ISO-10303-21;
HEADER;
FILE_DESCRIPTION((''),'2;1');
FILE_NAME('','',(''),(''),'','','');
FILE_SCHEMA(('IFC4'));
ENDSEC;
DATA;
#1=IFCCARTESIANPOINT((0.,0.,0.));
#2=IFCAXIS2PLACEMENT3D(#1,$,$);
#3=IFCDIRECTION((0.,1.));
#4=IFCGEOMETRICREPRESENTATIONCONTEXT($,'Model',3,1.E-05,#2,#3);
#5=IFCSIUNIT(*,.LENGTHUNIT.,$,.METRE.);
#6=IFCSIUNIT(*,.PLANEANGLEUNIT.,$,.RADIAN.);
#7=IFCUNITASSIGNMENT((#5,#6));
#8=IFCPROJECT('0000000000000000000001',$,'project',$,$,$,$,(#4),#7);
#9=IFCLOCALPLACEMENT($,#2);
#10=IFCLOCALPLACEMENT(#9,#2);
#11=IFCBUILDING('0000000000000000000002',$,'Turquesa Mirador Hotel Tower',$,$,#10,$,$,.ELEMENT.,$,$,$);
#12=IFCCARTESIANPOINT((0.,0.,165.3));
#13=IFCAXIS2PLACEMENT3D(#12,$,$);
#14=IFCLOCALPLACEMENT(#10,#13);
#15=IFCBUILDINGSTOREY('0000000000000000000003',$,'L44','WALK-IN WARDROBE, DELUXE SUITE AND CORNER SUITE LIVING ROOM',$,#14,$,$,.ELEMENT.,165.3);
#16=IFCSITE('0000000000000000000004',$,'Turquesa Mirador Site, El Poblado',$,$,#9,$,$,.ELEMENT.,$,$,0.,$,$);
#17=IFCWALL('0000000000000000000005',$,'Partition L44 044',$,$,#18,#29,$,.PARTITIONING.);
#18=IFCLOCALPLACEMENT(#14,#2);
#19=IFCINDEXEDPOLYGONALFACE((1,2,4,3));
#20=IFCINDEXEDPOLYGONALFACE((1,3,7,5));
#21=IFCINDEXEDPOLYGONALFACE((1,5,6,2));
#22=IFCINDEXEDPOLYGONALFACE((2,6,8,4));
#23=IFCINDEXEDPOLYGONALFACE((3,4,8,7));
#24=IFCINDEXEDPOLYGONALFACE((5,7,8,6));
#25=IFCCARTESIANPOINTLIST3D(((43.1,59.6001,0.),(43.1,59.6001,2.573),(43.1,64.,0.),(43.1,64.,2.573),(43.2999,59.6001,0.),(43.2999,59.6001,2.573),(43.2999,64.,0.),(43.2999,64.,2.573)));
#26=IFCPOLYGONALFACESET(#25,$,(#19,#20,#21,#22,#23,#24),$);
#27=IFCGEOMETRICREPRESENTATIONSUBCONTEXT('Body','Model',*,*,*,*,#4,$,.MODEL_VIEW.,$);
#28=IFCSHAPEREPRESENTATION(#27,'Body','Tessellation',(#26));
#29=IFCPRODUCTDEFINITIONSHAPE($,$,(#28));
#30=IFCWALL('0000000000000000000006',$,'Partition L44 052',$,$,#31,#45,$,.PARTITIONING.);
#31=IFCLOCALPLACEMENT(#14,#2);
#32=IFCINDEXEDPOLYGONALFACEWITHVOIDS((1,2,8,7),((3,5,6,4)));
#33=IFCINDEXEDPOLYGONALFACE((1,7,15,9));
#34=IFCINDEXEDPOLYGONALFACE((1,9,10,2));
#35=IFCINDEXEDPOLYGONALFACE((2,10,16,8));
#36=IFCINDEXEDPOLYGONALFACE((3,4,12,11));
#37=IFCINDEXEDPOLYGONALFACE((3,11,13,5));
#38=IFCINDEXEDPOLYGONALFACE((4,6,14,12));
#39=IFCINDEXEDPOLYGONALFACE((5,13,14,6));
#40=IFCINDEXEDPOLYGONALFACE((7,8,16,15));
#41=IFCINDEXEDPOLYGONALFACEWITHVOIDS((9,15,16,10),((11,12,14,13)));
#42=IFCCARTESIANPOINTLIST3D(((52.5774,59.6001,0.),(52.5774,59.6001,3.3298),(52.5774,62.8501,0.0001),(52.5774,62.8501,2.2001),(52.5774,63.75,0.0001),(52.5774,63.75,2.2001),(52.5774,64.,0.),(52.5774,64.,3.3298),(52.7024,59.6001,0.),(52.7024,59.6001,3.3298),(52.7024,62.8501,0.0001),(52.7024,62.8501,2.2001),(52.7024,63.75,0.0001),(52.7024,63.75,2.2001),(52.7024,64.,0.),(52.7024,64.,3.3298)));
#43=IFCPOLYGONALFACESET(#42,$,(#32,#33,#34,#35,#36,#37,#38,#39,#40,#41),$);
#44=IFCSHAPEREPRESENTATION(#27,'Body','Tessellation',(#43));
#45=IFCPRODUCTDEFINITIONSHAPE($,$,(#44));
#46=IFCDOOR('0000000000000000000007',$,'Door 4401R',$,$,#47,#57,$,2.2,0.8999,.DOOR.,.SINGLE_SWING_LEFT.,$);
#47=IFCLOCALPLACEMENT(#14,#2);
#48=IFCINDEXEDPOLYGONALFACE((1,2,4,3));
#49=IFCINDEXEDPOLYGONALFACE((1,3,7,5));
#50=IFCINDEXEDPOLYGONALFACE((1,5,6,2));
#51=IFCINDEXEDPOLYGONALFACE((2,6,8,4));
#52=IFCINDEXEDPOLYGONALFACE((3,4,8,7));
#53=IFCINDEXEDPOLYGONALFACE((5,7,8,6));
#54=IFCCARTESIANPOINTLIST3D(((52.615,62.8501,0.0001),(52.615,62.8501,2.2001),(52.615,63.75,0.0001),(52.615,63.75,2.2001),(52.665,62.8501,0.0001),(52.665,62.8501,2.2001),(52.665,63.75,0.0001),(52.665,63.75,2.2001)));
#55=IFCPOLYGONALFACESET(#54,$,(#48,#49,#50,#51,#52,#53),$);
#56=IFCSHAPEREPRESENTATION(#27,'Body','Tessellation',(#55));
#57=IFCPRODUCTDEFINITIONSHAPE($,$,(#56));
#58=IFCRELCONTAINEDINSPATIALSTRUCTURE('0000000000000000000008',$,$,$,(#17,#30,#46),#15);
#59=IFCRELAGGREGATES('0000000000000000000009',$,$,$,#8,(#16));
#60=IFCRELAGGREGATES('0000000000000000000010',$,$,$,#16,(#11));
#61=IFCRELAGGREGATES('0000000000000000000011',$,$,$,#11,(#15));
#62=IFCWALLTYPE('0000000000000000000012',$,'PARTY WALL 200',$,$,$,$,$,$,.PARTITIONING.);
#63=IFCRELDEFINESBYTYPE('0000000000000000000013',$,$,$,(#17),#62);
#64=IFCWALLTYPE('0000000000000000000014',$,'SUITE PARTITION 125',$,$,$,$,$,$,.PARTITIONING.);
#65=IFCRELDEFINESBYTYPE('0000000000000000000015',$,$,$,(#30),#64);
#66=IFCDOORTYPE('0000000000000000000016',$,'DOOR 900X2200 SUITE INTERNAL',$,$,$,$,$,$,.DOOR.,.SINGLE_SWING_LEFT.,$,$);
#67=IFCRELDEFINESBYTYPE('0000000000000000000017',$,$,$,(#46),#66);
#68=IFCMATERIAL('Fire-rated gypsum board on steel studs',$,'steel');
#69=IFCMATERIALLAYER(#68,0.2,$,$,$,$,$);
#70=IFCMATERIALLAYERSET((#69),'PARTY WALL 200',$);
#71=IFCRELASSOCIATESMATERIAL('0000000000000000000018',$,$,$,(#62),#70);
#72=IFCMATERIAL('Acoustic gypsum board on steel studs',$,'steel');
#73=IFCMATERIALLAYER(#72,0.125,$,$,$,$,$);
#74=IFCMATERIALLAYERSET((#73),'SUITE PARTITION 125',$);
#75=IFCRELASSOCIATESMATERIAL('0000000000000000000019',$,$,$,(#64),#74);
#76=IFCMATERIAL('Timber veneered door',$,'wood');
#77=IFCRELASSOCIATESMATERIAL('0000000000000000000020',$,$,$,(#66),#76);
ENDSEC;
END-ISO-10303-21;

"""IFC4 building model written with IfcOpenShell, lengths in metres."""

from ifc_helpers import new_model, si_unit, direction, frame, frame_2d, origin, place, context, subcontext, project, spatial, rectangle, extrude, material, layer, layer_set, type_object, element, fill, save


model = new_model("IFC4")

# Units and contexts
model_context = context("Model", 3, precision=1e-05, world=origin(), true_north=direction((0.0, 1.0)))
body_context = subcontext(model_context, "Body", "Model", "MODEL_VIEW")
ifc_project = project(units=[si_unit("LENGTHUNIT", "METRE"), si_unit("PLANEANGLEUNIT", "RADIAN")], contexts=[model_context])

# Site, building, storey
site_placement = place(None, origin())
site = spatial("IfcSite", under=ifc_project, at=site_placement, Name="Turquesa Mirador Site, El Poblado", CompositionType="ELEMENT", RefElevation=0.0)
building_placement = place(site_placement, origin())
building = spatial("IfcBuilding", under=site, at=building_placement, Name="Turquesa Mirador Hotel Tower", CompositionType="ELEMENT")
storey_placement = place(building_placement, frame((0.0, 0.0, 165.3)))
storey = spatial("IfcBuildingStorey", under=building, at=storey_placement, Name="L44", Description="WALK-IN WARDROBE, DELUXE SUITE AND CORNER SUITE LIVING ROOM", CompositionType="ELEMENT", Elevation=165.3)

# Wall
ifc_material_1 = material(Name="Fire-rated gypsum board on steel studs", Category="steel")
ifc_layer_1 = layer(ifc_material_1, 0.2)
ifc_layer_set_1 = layer_set([ifc_layer_1], Name="PARTY WALL 200")
wall_type_1 = type_object("IfcWallType", Name="PARTY WALL 200", PredefinedType="PARTITIONING", material=ifc_layer_set_1)
wall_1_placement = place(storey_placement, frame((43.2, 59.6001, 0.0), z_axis=(0.0, 0.0, 1.0), x_axis=(0.0, 1.0, 0.0)))
element("IfcWall", 1, at=wall_1_placement, inside=storey, type_object=wall_type_1, Name="Partition L44 044", PredefinedType="PARTITIONING", context=body_context, shape_type="SweptSolid", body=[
    extrude(rectangle(XDim=4.3999, YDim=0.2, at=frame_2d((2.2, 0.0))), origin(), (0.0, 0.0, 1.0), 2.573),
])

# Wall, opening, door
ifc_material_2 = material(Name="Acoustic gypsum board on steel studs", Category="steel")
ifc_layer_2 = layer(ifc_material_2, 0.125)
ifc_layer_set_2 = layer_set([ifc_layer_2], Name="SUITE PARTITION 125")
wall_type_2 = type_object("IfcWallType", Name="SUITE PARTITION 125", PredefinedType="PARTITIONING", material=ifc_layer_set_2)
wall_2_placement = place(storey_placement, frame((52.6399, 59.6001, 0.0), z_axis=(0.0, 0.0, 1.0), x_axis=(0.0, 1.0, 0.0)))
wall_2 = element("IfcWall", 2, at=wall_2_placement, inside=storey, type_object=wall_type_2, Name="Partition L44 052", PredefinedType="PARTITIONING", context=body_context, shape_type="SweptSolid", body=[
    extrude(rectangle(XDim=4.3999, YDim=0.125, at=frame_2d((2.2, 0.0))), origin(), (0.0, 0.0, 1.0), 3.3298),
])
opening_1_placement = place(wall_2_placement, frame((3.25, 0.0, 0.0)))
opening_1 = element("IfcOpeningElement", 3, at=opening_1_placement, cuts=wall_2, PredefinedType="OPENING", context=body_context, shape_type="SweptSolid", body=[
    extrude(rectangle(XDim=0.8999, YDim=2.2, at=frame_2d((0.45, 1.1001))), frame((0.0, 0.0725, 0.0), z_axis=(0.0, -1.0, 0.0), x_axis=(1.0, 0.0, 0.0)), (0.0, 0.0, 1.0), 0.145),
])
ifc_material_3 = material(Name="Timber veneered door", Category="wood")
door_type_1 = type_object("IfcDoorType", Name="DOOR 900X2200 SUITE INTERNAL", OperationType="SINGLE_SWING_LEFT", PredefinedType="DOOR", material=ifc_material_3)
door_1_placement = place(opening_1_placement, origin())
door_1 = element("IfcDoor", 4, at=door_1_placement, inside=storey, type_object=door_type_1, Name="Door 4401R", OperationType="SINGLE_SWING_LEFT", OverallHeight=2.2, OverallWidth=0.8999, PredefinedType="DOOR", context=body_context, shape_type="SweptSolid", body=[
    extrude(rectangle(XDim=0.8999, YDim=2.2, at=frame_2d((0.45, 1.1001))), frame((0.0, 0.0249, 0.0), z_axis=(0.0, -1.0, 0.0), x_axis=(1.0, 0.0, 0.0)), (0.0, 0.0, 1.0), 0.05),
])
fill(opening_1, door_1)

save(model, "model.ifc")
